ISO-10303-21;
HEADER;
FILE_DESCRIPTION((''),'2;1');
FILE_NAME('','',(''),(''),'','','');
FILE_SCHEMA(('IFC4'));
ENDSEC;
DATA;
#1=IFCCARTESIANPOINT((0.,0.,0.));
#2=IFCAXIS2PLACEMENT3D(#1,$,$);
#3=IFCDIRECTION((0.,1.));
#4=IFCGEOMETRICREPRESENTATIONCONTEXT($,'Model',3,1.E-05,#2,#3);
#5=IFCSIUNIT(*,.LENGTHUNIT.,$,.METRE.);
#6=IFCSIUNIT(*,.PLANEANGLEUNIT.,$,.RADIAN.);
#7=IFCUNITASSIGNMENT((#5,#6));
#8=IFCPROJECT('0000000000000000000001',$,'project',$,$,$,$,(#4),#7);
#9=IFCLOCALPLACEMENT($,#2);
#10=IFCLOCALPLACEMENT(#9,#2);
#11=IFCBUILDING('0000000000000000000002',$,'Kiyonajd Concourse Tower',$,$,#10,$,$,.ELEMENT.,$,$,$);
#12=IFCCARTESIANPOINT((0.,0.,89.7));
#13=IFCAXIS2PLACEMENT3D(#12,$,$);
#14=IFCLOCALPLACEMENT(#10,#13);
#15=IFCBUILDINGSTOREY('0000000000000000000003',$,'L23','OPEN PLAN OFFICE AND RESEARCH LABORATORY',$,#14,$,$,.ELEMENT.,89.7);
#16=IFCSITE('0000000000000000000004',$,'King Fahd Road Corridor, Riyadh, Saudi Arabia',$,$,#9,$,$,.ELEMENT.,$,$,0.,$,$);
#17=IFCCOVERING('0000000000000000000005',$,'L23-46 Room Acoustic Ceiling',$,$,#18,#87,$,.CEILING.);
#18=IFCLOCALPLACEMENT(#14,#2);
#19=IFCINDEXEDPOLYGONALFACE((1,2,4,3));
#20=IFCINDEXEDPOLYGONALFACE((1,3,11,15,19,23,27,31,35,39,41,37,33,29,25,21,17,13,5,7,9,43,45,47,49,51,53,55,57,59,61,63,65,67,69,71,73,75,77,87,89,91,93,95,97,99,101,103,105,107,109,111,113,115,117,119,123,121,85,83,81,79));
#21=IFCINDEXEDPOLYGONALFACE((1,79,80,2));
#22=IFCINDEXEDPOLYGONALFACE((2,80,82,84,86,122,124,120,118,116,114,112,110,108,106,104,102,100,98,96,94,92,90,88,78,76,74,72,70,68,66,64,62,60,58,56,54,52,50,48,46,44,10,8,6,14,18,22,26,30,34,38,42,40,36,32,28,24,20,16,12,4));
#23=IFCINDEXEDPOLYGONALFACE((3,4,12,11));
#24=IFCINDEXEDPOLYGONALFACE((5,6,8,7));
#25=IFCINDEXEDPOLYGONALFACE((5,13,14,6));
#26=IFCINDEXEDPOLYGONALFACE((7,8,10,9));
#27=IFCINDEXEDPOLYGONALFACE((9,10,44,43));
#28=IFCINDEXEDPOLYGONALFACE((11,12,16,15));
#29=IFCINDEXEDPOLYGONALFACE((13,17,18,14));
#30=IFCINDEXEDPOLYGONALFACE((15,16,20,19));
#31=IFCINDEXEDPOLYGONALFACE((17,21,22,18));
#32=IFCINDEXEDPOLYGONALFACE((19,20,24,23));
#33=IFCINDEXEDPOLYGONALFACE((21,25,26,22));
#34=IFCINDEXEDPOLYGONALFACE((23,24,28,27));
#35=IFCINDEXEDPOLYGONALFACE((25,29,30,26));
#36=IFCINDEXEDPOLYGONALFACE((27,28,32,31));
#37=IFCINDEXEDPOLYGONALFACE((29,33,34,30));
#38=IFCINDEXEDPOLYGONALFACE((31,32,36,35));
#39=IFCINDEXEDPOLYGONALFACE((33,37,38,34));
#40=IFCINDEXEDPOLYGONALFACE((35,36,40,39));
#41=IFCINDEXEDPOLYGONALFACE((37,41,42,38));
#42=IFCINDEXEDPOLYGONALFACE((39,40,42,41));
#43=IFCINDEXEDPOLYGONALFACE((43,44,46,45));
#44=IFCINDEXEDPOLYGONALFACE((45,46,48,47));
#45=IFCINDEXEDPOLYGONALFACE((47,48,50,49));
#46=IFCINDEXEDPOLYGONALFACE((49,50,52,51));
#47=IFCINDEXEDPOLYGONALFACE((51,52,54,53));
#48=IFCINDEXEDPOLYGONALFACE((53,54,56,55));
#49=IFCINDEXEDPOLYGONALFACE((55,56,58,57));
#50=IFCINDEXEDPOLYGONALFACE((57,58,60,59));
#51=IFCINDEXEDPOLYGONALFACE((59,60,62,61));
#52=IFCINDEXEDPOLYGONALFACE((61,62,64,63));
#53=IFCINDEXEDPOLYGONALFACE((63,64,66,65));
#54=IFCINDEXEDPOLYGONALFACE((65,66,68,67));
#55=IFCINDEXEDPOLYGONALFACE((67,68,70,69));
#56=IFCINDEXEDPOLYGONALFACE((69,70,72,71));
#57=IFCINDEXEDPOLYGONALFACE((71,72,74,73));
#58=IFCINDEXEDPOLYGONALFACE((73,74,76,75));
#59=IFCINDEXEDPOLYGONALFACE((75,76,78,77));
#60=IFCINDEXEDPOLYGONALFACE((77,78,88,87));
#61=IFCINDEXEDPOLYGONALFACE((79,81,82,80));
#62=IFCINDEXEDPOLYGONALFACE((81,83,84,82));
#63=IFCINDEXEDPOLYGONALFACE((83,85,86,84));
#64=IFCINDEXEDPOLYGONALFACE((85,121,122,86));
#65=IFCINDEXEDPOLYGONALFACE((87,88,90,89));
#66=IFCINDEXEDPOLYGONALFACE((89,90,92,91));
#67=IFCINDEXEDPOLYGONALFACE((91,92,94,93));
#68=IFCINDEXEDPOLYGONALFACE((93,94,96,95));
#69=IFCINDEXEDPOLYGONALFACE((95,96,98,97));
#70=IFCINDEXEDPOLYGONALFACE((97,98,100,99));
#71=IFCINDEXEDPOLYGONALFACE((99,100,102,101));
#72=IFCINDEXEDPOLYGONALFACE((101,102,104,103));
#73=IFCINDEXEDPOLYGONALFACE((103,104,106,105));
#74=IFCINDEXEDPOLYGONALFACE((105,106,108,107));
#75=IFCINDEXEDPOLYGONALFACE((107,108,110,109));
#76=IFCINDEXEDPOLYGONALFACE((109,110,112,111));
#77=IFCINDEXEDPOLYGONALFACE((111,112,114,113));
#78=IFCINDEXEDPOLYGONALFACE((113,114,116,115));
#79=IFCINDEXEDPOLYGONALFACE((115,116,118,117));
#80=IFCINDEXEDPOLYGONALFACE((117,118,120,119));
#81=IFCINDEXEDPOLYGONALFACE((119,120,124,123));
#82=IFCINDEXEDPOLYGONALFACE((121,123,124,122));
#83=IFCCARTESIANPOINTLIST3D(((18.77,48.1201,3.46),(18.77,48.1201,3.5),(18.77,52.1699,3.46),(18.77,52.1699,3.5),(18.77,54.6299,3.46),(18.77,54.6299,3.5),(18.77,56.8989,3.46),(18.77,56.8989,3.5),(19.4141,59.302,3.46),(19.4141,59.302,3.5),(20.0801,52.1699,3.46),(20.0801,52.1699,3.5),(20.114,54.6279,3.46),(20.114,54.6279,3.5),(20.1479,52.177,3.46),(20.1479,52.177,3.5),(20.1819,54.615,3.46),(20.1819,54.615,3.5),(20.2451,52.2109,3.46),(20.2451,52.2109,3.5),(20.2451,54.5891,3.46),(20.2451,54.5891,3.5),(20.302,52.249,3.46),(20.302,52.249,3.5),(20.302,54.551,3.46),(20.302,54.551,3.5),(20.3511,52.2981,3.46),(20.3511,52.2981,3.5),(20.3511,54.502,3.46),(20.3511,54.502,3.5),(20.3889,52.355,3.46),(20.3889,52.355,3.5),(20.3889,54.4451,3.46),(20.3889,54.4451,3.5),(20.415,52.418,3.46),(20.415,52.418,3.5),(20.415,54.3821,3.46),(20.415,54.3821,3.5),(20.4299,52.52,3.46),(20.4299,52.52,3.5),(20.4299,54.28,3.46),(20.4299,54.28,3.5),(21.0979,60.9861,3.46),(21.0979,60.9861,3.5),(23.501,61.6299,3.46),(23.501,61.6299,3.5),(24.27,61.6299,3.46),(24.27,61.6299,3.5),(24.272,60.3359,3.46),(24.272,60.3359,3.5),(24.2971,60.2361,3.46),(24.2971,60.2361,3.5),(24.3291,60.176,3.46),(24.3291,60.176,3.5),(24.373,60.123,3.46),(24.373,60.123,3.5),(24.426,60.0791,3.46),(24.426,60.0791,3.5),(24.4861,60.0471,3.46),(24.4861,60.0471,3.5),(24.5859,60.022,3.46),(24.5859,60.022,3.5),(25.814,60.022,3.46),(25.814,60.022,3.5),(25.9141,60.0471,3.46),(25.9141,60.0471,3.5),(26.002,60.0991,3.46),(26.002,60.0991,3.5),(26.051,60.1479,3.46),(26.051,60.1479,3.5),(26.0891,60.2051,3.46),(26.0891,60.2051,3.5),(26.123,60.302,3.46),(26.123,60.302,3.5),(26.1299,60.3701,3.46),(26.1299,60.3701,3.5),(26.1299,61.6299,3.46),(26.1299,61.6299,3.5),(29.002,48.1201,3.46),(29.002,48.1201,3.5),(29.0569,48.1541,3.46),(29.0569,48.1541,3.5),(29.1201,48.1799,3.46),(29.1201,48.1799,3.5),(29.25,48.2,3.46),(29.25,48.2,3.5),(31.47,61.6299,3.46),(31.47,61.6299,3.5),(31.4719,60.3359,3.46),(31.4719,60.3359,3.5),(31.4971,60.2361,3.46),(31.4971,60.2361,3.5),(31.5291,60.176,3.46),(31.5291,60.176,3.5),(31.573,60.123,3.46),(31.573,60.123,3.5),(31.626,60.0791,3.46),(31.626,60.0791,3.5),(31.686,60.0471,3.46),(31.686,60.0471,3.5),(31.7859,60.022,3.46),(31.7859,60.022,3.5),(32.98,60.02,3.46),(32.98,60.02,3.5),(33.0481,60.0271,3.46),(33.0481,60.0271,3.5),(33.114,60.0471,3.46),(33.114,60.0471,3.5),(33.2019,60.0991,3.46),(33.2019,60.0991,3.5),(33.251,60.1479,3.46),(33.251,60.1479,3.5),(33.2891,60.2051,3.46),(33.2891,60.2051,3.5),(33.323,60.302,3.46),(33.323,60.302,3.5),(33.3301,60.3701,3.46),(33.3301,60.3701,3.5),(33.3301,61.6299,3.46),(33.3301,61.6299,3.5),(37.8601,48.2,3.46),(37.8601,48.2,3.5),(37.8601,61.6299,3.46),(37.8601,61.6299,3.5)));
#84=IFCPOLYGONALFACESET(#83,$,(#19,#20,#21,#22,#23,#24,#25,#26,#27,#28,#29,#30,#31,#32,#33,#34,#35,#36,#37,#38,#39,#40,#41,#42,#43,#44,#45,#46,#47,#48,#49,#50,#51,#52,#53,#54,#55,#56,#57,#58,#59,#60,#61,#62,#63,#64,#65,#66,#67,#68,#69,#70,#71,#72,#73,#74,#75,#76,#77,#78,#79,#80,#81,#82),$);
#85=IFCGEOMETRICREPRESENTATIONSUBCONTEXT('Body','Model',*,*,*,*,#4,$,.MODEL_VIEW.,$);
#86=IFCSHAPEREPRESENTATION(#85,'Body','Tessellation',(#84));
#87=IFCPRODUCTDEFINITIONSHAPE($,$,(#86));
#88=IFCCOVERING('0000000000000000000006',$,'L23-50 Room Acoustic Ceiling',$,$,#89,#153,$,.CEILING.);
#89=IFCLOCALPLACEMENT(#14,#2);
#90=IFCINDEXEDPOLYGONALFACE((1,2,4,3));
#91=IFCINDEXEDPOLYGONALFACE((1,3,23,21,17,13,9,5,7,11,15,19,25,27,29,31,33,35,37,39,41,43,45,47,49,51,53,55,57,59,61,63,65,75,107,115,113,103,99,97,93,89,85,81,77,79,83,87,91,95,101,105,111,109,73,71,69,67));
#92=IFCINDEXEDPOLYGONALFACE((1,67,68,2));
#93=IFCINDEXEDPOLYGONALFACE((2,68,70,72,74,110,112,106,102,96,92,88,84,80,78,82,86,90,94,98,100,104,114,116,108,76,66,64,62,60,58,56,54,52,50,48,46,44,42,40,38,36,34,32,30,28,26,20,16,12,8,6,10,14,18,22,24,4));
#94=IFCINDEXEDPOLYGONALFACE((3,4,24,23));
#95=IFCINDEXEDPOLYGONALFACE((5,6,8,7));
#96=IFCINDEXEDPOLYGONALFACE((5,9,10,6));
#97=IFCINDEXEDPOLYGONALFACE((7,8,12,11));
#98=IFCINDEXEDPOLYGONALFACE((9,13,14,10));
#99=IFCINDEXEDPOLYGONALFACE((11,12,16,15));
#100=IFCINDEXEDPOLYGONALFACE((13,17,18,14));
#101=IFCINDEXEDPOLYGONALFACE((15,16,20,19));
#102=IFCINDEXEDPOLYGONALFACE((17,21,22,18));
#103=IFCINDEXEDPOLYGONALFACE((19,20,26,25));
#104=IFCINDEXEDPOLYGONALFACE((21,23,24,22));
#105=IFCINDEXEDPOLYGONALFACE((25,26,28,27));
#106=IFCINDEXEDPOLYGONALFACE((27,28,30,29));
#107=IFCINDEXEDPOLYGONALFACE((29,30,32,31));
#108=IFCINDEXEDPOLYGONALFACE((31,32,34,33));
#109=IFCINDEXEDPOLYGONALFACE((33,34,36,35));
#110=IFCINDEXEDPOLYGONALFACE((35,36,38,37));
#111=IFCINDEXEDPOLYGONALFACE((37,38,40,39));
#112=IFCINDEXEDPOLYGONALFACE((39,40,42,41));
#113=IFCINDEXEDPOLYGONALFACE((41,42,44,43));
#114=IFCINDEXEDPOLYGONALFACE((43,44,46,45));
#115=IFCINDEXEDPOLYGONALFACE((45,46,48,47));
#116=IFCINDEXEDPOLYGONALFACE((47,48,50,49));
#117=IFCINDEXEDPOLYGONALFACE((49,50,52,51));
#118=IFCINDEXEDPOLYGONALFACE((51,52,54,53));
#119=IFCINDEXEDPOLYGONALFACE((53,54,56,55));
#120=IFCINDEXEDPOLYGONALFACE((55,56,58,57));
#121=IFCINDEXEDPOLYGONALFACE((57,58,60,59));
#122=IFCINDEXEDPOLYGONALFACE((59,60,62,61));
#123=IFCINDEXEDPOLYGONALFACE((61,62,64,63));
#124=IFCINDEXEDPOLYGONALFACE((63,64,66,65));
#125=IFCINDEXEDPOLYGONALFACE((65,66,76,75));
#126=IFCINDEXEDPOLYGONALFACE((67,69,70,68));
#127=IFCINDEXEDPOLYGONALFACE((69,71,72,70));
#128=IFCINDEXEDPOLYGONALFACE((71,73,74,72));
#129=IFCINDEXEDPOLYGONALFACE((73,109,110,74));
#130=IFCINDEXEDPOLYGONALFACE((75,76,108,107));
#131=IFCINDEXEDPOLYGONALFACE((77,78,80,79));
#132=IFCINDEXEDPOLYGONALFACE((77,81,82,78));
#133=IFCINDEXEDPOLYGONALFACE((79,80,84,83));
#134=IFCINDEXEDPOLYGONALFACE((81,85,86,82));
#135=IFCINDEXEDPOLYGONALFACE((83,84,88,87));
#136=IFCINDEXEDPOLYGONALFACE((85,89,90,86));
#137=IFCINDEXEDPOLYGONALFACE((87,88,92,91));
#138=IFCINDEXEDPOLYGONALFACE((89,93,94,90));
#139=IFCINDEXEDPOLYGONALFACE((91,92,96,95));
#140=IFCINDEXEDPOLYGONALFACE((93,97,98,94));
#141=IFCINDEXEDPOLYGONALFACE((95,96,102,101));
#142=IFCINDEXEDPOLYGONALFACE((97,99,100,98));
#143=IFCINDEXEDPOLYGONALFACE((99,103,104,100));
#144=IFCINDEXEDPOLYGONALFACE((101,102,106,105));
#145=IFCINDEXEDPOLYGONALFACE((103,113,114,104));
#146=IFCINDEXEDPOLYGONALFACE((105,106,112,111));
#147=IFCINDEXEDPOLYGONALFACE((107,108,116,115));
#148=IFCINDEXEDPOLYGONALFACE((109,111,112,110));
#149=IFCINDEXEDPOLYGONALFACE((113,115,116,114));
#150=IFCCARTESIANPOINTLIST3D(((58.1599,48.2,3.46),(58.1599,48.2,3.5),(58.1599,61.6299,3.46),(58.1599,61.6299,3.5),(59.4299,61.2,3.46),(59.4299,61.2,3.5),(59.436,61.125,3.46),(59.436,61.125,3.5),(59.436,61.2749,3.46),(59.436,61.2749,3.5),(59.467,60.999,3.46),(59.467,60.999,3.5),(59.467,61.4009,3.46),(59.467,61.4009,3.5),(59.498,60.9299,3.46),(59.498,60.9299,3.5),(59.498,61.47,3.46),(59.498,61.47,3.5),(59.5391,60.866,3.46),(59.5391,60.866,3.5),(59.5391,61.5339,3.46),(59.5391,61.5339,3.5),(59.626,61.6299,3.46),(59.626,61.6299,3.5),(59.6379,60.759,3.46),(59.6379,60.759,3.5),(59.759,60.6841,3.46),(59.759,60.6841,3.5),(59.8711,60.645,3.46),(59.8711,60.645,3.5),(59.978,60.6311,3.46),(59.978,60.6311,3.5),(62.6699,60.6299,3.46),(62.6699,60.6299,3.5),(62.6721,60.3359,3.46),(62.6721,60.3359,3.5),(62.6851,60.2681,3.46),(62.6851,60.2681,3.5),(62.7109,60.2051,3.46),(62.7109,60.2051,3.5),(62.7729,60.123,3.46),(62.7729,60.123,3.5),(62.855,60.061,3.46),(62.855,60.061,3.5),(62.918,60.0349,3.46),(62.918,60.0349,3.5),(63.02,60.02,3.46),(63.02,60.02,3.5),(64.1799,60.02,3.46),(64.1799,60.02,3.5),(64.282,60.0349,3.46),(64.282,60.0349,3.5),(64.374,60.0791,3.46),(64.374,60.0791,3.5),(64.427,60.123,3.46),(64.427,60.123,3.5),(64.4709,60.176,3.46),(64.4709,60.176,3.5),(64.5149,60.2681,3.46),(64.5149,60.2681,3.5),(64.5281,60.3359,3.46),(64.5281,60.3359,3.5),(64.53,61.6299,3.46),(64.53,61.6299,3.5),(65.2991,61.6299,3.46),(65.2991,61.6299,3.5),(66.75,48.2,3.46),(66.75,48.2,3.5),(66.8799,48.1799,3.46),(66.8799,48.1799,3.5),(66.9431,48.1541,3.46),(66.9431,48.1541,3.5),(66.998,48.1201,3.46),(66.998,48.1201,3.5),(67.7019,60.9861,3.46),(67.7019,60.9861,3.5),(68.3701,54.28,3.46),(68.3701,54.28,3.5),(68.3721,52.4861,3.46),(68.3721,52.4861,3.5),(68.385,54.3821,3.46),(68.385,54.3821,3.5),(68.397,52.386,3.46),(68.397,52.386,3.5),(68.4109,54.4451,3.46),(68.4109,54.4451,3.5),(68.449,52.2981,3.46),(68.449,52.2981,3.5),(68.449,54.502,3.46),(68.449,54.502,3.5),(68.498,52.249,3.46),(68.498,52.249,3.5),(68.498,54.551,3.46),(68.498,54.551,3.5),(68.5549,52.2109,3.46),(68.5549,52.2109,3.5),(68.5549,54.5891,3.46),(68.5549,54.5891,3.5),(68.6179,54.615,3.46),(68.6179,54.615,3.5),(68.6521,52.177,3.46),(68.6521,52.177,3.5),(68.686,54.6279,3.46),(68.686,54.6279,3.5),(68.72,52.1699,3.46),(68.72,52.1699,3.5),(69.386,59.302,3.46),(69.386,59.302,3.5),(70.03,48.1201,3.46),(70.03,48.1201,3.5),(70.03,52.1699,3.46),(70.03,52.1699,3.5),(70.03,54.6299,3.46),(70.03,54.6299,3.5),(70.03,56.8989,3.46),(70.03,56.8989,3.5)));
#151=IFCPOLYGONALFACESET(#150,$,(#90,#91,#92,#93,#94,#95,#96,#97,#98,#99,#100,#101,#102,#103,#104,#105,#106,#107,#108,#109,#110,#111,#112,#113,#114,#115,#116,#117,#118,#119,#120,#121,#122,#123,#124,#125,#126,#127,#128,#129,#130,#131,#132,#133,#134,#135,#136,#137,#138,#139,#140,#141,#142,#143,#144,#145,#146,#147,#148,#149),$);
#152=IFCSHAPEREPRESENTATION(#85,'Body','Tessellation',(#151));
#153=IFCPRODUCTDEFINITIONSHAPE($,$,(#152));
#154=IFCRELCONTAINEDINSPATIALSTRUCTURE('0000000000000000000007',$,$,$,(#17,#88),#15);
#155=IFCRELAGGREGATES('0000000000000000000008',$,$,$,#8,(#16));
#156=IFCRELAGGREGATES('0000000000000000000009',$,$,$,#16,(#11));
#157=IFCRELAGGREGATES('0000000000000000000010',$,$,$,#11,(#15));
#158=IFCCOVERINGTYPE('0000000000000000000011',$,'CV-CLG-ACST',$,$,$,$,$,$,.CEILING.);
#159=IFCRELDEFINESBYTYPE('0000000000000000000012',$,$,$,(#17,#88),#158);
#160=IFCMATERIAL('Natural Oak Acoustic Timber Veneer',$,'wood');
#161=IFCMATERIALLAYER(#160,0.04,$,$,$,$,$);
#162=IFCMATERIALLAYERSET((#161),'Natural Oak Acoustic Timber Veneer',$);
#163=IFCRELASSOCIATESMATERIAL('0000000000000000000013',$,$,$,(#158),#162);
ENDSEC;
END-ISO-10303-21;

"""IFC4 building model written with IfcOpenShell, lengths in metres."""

from ifc_helpers import new_model, si_unit, direction, frame, origin, place, context, subcontext, project, spatial, polyline, outline, extrude, material, layer, layer_set, type_object, element, save


model = new_model("IFC4")

# Units and contexts
model_context = context("Model", 3, precision=1e-05, world=origin(), true_north=direction((0.0, 1.0)))
body_context = subcontext(model_context, "Body", "Model", "MODEL_VIEW")
ifc_project = project(units=[si_unit("LENGTHUNIT", "METRE"), si_unit("PLANEANGLEUNIT", "RADIAN")], contexts=[model_context])

# Site, building, storey
site_placement = place(None, origin())
site = spatial("IfcSite", under=ifc_project, at=site_placement, Name="King Fahd Road Corridor, Riyadh, Saudi Arabia", CompositionType="ELEMENT", RefElevation=0.0)
building_placement = place(site_placement, origin())
building = spatial("IfcBuilding", under=site, at=building_placement, Name="Kiyonajd Concourse Tower", CompositionType="ELEMENT")
storey_placement = place(building_placement, frame((0.0, 0.0, 89.7)))
storey = spatial("IfcBuildingStorey", under=building, at=storey_placement, Name="L23", Description="OPEN PLAN OFFICE AND RESEARCH LABORATORY", CompositionType="ELEMENT", Elevation=89.7)

# Shared definitions
ifc_material_1 = material(Name="Natural Oak Acoustic Timber Veneer", Category="wood")

# Coverings
ifc_layer_1 = layer(ifc_material_1, 0.04)
ifc_layer_set_1 = layer_set([ifc_layer_1], Name="Natural Oak Acoustic Timber Veneer")
covering_type = type_object("IfcCoveringType", Name="CV-CLG-ACST", PredefinedType="CEILING", material=ifc_layer_set_1)
covering_1_placement = place(storey_placement, frame((0.0, 0.0, 3.46)))
element("IfcCovering", 1, at=covering_1_placement, inside=storey, type_object=covering_type, Name="L23-46 Room Acoustic Ceiling", PredefinedType="CEILING", context=body_context, shape_type="SweptSolid", body=[
    extrude(outline(polyline([(21.0979, 60.9861), (23.501, 61.6299), (24.27, 61.6299), (24.272, 60.3359), (24.2971, 60.2361), (24.3291, 60.176), (24.373, 60.123), (24.426, 60.0791), (24.4861, 60.0471), (24.5859, 60.022), (25.814, 60.022), (25.9141, 60.0471), (26.002, 60.0991), (26.051, 60.1479), (26.0891, 60.2051), (26.123, 60.302), (26.1299, 60.3701), (26.1299, 61.6299), (31.47, 61.6299), (31.4719, 60.3359), (31.4971, 60.2361), (31.5291, 60.176), (31.573, 60.123), (31.626, 60.0791), (31.686, 60.0471), (31.7859, 60.022), (32.98, 60.02), (33.0481, 60.0271), (33.114, 60.0471), (33.2019, 60.0991), (33.251, 60.1479), (33.2891, 60.2051), (33.323, 60.302), (33.3301, 60.3701), (33.3301, 61.6299), (37.8601, 61.6299), (37.8601, 48.2), (29.25, 48.2), (29.1201, 48.1799), (29.0569, 48.1541), (29.002, 48.1201), (18.77, 48.1201), (18.77, 52.1699), (20.0801, 52.1699), (20.1479, 52.177), (20.2451, 52.2109), (20.302, 52.249), (20.3511, 52.2981), (20.3889, 52.355), (20.415, 52.418), (20.4299, 52.52), (20.4299, 54.28), (20.415, 54.3821), (20.3889, 54.4451), (20.3511, 54.502), (20.302, 54.551), (20.2451, 54.5891), (20.1819, 54.615), (20.114, 54.6279), (18.77, 54.6299), (18.77, 56.8989), (19.4141, 59.302), (21.0979, 60.9861)])), origin(), (0.0, 0.0, 1.0), 0.04),
])
covering_2_placement = place(storey_placement, frame((0.0, 0.0, 3.46)))
element("IfcCovering", 2, at=covering_2_placement, inside=storey, type_object=covering_type, Name="L23-50 Room Acoustic Ceiling", PredefinedType="CEILING", context=body_context, shape_type="SweptSolid", body=[
    extrude(outline(polyline([(59.626, 61.6299), (59.5391, 61.5339), (59.498, 61.47), (59.467, 61.4009), (59.436, 61.2749), (59.4299, 61.2), (59.436, 61.125), (59.467, 60.999), (59.498, 60.9299), (59.5391, 60.866), (59.6379, 60.759), (59.759, 60.6841), (59.8711, 60.645), (59.978, 60.6311), (62.6699, 60.6299), (62.6721, 60.3359), (62.6851, 60.2681), (62.7109, 60.2051), (62.7729, 60.123), (62.855, 60.061), (62.918, 60.0349), (63.02, 60.02), (64.1799, 60.02), (64.282, 60.0349), (64.374, 60.0791), (64.427, 60.123), (64.4709, 60.176), (64.5149, 60.2681), (64.5281, 60.3359), (64.53, 61.6299), (65.2991, 61.6299), (67.7019, 60.9861), (69.386, 59.302), (70.03, 56.8989), (70.03, 54.6299), (68.686, 54.6279), (68.6179, 54.615), (68.5549, 54.5891), (68.498, 54.551), (68.449, 54.502), (68.4109, 54.4451), (68.385, 54.3821), (68.3701, 54.28), (68.3721, 52.4861), (68.397, 52.386), (68.449, 52.2981), (68.498, 52.249), (68.5549, 52.2109), (68.6521, 52.177), (68.72, 52.1699), (70.03, 52.1699), (70.03, 48.1201), (66.998, 48.1201), (66.9431, 48.1541), (66.8799, 48.1799), (66.75, 48.2), (58.1599, 48.2), (58.1599, 61.6299), (59.626, 61.6299)])), origin(), (0.0, 0.0, 1.0), 0.04),
])

save(model, "model.ifc")
